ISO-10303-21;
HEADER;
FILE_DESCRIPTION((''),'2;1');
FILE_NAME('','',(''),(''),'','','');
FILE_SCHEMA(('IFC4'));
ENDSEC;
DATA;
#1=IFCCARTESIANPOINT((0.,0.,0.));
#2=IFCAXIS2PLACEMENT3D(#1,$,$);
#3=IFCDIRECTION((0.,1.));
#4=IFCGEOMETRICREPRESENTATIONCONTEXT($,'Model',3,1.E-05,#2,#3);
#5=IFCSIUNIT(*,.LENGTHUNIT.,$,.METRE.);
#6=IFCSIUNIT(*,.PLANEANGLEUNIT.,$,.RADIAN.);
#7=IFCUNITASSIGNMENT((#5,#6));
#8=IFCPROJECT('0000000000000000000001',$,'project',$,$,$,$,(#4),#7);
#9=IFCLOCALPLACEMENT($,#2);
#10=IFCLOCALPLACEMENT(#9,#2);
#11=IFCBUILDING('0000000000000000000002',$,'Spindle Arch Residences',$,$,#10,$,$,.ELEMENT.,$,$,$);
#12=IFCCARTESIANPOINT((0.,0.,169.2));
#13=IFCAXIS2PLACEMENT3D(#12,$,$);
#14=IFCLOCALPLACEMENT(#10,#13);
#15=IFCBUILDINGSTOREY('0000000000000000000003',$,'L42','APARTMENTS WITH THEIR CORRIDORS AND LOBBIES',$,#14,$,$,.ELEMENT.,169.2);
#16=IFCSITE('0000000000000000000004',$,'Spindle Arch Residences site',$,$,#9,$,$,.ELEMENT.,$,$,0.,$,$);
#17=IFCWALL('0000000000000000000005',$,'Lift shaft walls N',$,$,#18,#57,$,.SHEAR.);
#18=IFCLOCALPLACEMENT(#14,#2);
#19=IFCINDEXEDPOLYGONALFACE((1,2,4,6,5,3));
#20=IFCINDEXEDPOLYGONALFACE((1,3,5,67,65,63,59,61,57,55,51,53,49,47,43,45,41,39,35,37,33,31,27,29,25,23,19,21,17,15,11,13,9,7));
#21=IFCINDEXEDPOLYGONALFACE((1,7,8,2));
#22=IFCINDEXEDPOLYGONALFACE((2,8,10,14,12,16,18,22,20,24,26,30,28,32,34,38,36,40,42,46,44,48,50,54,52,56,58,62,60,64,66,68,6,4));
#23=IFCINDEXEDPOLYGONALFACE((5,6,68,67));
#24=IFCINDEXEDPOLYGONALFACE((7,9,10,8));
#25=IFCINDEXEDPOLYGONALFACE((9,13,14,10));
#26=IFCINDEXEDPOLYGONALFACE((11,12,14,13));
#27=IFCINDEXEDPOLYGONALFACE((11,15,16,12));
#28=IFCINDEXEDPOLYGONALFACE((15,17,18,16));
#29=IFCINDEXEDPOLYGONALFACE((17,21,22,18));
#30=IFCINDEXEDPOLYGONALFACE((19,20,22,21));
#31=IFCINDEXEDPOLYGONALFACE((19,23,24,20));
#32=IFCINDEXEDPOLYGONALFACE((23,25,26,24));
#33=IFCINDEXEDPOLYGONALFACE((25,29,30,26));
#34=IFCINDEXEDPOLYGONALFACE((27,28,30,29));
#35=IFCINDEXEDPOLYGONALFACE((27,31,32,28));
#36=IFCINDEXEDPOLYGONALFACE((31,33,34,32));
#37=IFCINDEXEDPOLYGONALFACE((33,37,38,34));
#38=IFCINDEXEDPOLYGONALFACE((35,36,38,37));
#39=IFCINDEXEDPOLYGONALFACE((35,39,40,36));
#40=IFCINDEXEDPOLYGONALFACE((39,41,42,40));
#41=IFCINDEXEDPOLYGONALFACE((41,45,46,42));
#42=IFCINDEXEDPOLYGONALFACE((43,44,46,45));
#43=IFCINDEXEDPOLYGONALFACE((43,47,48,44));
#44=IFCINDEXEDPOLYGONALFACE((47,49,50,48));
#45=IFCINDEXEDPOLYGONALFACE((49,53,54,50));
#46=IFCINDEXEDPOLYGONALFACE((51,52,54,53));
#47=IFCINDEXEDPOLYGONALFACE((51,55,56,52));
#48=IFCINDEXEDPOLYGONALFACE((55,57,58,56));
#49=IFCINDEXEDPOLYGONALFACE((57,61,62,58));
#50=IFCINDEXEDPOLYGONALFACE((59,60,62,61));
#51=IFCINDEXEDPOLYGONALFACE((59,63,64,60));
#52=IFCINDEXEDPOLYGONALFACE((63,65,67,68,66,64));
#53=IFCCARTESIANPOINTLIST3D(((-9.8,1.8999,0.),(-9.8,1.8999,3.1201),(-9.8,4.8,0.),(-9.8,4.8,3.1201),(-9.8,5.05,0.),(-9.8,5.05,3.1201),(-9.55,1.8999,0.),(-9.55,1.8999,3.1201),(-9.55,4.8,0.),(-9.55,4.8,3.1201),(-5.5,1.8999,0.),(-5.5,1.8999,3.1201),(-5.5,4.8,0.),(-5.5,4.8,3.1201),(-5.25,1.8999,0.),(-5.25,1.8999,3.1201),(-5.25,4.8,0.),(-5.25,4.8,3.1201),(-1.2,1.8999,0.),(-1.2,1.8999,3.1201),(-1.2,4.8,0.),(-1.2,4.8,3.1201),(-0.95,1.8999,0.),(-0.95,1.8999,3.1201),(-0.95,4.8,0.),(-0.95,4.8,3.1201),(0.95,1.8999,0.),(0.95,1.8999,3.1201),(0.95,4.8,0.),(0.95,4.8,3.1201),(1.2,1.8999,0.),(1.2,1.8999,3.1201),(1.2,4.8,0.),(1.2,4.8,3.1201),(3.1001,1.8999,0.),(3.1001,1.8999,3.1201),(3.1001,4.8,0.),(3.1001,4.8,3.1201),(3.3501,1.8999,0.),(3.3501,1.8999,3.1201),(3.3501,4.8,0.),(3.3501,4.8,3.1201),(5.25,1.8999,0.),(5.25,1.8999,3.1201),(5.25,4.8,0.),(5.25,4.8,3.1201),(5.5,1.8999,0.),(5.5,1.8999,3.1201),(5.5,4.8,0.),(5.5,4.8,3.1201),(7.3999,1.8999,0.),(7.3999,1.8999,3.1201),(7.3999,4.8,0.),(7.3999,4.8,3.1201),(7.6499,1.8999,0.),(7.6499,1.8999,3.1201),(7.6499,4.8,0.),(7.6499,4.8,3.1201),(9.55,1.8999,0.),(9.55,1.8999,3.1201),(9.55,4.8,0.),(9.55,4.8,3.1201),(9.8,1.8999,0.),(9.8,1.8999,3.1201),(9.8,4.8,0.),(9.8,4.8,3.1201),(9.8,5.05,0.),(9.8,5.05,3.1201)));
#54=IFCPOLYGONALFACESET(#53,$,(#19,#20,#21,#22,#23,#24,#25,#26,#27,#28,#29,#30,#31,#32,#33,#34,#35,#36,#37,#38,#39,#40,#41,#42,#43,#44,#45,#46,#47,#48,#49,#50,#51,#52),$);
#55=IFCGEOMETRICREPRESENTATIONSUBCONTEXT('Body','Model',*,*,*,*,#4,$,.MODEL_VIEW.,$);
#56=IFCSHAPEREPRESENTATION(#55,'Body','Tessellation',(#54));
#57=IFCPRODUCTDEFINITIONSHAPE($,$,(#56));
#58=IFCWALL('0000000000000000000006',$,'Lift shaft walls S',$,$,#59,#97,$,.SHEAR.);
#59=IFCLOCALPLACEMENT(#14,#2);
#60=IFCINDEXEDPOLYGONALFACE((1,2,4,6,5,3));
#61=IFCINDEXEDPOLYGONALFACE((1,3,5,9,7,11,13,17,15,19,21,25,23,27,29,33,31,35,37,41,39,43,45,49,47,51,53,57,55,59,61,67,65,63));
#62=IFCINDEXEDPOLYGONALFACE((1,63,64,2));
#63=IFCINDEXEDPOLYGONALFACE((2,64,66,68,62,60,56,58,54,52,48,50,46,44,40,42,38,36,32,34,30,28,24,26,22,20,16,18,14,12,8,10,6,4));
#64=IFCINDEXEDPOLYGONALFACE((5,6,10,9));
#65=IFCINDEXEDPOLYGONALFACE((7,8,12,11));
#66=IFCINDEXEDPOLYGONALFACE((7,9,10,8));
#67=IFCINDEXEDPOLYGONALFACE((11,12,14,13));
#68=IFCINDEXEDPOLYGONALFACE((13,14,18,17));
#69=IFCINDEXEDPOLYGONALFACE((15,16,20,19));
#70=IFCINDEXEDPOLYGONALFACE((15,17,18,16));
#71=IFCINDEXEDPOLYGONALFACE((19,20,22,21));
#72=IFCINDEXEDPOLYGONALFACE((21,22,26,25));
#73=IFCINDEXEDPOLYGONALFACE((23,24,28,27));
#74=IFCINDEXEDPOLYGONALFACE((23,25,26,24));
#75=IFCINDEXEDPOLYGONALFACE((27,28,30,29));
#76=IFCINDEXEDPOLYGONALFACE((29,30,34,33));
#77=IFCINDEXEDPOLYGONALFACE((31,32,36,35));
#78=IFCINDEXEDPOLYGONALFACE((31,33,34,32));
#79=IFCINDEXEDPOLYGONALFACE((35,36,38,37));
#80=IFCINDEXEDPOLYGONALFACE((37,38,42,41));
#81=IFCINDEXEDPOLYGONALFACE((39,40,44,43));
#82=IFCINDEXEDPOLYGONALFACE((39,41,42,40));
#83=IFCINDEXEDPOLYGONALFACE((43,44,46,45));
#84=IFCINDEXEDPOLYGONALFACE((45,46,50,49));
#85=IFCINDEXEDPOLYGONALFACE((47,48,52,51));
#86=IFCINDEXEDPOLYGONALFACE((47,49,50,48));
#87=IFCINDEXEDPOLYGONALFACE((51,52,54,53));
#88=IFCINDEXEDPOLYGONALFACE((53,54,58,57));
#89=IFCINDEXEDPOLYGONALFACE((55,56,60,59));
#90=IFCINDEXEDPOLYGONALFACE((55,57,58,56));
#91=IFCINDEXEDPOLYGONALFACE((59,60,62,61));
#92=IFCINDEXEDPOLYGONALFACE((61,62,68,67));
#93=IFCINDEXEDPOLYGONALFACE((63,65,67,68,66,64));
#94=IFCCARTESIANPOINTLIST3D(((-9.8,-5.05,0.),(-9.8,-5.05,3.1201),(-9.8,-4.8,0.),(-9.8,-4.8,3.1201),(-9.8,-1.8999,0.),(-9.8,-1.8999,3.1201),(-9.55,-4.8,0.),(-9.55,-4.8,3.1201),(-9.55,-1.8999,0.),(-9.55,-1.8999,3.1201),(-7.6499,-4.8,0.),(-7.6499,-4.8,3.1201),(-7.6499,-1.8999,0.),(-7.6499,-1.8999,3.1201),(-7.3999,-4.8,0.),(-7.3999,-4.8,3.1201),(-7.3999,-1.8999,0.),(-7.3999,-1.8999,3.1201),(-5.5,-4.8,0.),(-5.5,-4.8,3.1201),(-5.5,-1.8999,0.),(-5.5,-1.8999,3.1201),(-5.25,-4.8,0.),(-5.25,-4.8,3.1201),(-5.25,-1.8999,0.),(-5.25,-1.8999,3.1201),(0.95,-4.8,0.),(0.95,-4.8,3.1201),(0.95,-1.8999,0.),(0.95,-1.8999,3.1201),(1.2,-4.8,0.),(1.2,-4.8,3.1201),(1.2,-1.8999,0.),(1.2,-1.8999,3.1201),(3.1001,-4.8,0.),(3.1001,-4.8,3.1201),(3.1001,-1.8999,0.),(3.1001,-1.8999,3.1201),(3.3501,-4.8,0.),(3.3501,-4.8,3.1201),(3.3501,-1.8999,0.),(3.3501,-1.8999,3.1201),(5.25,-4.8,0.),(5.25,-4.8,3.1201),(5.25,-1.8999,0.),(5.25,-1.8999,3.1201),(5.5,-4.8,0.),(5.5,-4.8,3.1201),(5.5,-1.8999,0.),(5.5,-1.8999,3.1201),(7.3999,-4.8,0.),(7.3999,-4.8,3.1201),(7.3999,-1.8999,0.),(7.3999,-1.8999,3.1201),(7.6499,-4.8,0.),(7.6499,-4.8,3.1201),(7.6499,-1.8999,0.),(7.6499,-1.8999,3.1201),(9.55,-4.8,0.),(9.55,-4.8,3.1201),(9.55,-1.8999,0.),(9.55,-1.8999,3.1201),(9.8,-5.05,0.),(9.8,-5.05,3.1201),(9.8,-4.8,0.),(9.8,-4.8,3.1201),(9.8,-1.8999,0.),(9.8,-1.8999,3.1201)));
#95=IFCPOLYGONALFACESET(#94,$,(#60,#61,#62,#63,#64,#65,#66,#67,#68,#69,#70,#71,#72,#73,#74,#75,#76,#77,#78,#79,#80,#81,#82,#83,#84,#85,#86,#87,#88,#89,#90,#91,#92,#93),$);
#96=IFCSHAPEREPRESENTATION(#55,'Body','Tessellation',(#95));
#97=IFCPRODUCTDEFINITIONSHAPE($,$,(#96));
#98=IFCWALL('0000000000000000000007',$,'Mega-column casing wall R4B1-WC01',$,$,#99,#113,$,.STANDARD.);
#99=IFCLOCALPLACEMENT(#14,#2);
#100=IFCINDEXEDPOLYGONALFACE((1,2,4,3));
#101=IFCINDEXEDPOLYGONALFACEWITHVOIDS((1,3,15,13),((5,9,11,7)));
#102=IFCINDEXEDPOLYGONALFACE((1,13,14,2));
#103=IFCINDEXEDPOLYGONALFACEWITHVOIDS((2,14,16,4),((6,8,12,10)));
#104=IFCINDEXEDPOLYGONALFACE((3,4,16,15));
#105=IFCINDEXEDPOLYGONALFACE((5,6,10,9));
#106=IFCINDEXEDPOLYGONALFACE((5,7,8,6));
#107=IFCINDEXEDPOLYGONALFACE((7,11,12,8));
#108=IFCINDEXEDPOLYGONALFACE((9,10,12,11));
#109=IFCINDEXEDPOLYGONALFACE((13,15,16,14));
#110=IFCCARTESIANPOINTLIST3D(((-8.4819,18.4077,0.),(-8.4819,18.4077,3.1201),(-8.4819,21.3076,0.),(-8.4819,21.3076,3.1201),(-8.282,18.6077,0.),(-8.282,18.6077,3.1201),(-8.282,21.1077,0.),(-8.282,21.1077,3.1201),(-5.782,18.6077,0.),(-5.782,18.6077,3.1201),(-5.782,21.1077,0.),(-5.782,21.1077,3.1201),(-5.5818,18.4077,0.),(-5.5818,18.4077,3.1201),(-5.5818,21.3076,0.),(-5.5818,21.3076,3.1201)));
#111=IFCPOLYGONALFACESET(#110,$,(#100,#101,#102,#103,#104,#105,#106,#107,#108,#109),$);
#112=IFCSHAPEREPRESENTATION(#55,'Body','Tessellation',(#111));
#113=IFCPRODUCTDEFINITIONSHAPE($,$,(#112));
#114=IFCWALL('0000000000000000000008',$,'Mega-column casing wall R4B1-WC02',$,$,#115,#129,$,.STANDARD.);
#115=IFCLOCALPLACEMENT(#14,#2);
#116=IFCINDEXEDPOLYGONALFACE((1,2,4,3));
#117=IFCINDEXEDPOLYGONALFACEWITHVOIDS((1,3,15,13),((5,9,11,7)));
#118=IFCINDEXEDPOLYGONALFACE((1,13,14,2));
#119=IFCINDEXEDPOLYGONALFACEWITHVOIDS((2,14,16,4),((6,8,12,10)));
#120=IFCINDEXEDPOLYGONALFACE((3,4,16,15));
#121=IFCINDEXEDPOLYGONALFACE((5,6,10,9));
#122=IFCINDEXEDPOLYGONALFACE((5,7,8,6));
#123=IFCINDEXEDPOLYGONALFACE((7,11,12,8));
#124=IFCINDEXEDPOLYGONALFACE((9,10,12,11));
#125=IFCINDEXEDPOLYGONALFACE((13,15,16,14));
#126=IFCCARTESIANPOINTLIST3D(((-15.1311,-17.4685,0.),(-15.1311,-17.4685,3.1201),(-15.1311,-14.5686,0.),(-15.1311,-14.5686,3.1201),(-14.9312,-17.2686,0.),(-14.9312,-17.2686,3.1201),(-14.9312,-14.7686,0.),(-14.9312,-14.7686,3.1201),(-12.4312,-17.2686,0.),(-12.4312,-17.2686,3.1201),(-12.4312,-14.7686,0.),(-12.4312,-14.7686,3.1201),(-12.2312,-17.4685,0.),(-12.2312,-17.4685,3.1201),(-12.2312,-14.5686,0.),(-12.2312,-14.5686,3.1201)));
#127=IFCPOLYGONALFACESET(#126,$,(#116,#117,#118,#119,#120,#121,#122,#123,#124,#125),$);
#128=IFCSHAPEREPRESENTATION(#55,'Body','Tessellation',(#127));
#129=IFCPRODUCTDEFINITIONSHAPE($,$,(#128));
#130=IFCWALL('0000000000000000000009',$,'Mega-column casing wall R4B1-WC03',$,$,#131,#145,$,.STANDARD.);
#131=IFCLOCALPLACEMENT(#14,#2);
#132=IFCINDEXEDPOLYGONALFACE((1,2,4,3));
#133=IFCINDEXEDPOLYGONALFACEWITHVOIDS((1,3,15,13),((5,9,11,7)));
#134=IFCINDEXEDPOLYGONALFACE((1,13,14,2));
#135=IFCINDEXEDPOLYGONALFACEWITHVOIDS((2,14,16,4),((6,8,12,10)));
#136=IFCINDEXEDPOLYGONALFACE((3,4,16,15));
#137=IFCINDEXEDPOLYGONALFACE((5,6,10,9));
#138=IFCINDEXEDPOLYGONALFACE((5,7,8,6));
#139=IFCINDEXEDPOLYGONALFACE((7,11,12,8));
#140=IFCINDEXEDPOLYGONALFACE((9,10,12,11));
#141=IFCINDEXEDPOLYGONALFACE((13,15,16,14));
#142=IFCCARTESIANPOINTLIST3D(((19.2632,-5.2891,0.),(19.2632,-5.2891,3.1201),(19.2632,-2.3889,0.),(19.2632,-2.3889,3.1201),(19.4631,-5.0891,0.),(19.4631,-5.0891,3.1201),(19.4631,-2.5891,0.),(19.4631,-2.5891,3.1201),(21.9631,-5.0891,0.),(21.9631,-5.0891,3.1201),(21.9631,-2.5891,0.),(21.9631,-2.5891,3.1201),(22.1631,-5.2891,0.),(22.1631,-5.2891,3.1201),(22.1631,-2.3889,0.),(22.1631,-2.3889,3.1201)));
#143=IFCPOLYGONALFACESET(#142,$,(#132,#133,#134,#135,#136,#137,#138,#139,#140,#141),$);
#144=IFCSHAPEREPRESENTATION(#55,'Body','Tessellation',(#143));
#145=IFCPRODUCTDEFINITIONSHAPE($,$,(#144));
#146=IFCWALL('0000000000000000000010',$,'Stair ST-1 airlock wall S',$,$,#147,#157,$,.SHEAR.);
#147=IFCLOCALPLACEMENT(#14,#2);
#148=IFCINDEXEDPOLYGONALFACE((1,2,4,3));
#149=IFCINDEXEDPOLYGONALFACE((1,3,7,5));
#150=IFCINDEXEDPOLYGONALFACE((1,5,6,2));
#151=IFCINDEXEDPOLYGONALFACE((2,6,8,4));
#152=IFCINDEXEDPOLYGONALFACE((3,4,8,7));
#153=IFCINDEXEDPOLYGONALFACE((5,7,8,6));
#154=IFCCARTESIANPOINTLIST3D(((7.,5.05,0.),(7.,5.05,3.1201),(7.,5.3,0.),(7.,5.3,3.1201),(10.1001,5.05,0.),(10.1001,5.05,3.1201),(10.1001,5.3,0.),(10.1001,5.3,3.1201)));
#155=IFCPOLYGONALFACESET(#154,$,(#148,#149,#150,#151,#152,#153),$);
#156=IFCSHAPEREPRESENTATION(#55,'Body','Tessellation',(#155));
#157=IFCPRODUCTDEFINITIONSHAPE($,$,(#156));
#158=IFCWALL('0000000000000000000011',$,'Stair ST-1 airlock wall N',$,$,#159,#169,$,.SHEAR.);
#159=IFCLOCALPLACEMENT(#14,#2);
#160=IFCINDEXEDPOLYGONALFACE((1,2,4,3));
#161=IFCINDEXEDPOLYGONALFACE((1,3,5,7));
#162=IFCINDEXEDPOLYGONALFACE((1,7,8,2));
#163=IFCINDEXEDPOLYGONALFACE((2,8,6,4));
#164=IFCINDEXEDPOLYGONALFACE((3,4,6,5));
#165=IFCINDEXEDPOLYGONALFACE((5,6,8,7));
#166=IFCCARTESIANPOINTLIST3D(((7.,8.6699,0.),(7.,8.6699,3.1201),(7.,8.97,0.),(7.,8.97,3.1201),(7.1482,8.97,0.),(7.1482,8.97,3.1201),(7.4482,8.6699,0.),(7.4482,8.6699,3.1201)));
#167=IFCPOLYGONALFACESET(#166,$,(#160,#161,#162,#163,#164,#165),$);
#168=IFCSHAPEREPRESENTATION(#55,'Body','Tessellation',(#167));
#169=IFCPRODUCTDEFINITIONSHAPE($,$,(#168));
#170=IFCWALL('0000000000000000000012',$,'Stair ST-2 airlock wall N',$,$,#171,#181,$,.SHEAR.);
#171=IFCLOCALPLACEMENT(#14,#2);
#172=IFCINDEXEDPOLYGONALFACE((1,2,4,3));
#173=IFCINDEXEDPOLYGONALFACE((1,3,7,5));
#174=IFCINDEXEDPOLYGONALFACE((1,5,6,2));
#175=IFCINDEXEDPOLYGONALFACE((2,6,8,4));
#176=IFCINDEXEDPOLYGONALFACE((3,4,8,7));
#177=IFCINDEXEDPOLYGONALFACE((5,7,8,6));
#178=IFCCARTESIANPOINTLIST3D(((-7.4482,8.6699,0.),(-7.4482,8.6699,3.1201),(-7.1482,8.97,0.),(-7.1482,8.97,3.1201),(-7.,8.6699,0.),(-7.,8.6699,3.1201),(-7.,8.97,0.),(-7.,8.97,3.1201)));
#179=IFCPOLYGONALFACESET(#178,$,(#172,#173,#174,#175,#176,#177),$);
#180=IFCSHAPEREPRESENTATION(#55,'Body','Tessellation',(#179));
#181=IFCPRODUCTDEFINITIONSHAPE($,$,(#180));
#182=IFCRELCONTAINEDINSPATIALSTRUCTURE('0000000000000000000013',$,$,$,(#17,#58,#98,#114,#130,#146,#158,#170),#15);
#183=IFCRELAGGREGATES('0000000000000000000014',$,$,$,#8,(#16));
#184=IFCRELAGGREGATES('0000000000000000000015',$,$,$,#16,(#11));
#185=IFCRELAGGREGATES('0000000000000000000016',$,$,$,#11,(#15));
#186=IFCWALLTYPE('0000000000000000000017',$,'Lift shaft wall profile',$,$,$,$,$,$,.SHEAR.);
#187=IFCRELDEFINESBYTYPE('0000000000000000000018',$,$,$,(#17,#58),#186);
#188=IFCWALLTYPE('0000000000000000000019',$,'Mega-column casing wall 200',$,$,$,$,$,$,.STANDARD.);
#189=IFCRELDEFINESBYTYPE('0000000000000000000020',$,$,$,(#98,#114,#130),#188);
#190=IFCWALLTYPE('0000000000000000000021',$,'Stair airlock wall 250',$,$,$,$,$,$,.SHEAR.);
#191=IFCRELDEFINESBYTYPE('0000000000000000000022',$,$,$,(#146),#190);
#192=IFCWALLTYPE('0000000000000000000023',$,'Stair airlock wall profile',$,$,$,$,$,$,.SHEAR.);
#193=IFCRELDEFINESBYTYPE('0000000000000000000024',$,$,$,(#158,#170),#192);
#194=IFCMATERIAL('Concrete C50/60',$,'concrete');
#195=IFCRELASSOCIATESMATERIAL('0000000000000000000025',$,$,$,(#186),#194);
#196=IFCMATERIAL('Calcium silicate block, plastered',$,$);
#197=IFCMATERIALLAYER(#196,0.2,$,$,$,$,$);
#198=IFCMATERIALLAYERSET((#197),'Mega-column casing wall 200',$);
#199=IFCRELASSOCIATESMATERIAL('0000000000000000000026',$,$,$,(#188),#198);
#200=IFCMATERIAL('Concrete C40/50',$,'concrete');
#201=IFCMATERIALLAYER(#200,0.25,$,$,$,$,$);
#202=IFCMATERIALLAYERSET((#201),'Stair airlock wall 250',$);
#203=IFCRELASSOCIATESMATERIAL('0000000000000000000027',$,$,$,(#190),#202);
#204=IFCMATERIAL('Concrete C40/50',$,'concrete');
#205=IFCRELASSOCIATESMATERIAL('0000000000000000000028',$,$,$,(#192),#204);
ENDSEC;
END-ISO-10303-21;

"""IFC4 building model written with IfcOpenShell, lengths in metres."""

from ifc_helpers import new_model, si_unit, direction, frame, frame_2d, origin, place, context, subcontext, project, spatial, polyline, rectangle, outline, extrude, material, layer, layer_set, type_object, element, save


model = new_model("IFC4")

# Units and contexts
model_context = context("Model", 3, precision=1e-05, world=origin(), true_north=direction((0.0, 1.0)))
body_context = subcontext(model_context, "Body", "Model", "MODEL_VIEW")
ifc_project = project(units=[si_unit("LENGTHUNIT", "METRE"), si_unit("PLANEANGLEUNIT", "RADIAN")], contexts=[model_context])

# Site, building, storey
site_placement = place(None, origin())
site = spatial("IfcSite", under=ifc_project, at=site_placement, Name="Spindle Arch Residences site", CompositionType="ELEMENT", RefElevation=0.0)
building_placement = place(site_placement, origin())
building = spatial("IfcBuilding", under=site, at=building_placement, Name="Spindle Arch Residences", CompositionType="ELEMENT")
storey_placement = place(building_placement, frame((0.0, 0.0, 169.2)))
storey = spatial("IfcBuildingStorey", under=building, at=storey_placement, Name="L42", Description="APARTMENTS WITH THEIR CORRIDORS AND LOBBIES", CompositionType="ELEMENT", Elevation=169.2)

# Walls
ifc_material_1 = material(Name="Concrete C50/60", Category="concrete")
wall_type_1 = type_object("IfcWallType", Name="Lift shaft wall profile", PredefinedType="SHEAR", material=ifc_material_1)
wall_1_placement = place(storey_placement, origin())
element("IfcWall", 1, at=wall_1_placement, inside=storey, type_object=wall_type_1, Name="Lift shaft walls N", PredefinedType="SHEAR", context=body_context, shape_type="SweptSolid", body=[
    extrude(outline(polyline([(-9.55, 4.8), (-5.5, 4.8), (-5.5, 1.8999), (-5.25, 1.8999), (-5.25, 4.8), (-1.2, 4.8), (-1.2, 1.8999), (-0.95, 1.8999), (-0.95, 4.8), (0.95, 4.8), (0.95, 1.8999), (1.2, 1.8999), (1.2, 4.8), (3.1001, 4.8), (3.1001, 1.8999), (3.3501, 1.8999), (3.3501, 4.8), (5.25, 4.8), (5.25, 1.8999), (5.5, 1.8999), (5.5, 4.8), (7.3999, 4.8), (7.3999, 1.8999), (7.6499, 1.8999), (7.6499, 4.8), (9.55, 4.8), (9.55, 1.8999), (9.8, 1.8999), (9.8, 4.8), (9.8, 5.05), (-9.8, 5.05), (-9.8, 4.8), (-9.8, 1.8999), (-9.55, 1.8999), (-9.55, 4.8)])), origin(), (0.0, 0.0, 1.0), 3.1201),
])
wall_2_placement = place(storey_placement, origin())
element("IfcWall", 2, at=wall_2_placement, inside=storey, type_object=wall_type_1, Name="Lift shaft walls S", PredefinedType="SHEAR", context=body_context, shape_type="SweptSolid", body=[
    extrude(outline(polyline([(9.8, -5.05), (9.8, -4.8), (9.8, -1.8999), (9.55, -1.8999), (9.55, -4.8), (7.6499, -4.8), (7.6499, -1.8999), (7.3999, -1.8999), (7.3999, -4.8), (5.5, -4.8), (5.5, -1.8999), (5.25, -1.8999), (5.25, -4.8), (3.3501, -4.8), (3.3501, -1.8999), (3.1001, -1.8999), (3.1001, -4.8), (1.2, -4.8), (1.2, -1.8999), (0.95, -1.8999), (0.95, -4.8), (-5.25, -4.8), (-5.25, -1.8999), (-5.5, -1.8999), (-5.5, -4.8), (-7.3999, -4.8), (-7.3999, -1.8999), (-7.6499, -1.8999), (-7.6499, -4.8), (-9.55, -4.8), (-9.55, -1.8999), (-9.8, -1.8999), (-9.8, -4.8), (-9.8, -5.05), (9.8, -5.05)])), origin(), (0.0, 0.0, 1.0), 3.1201),
])
ifc_material_2 = material(Name="Calcium silicate block, plastered")
ifc_layer_1 = layer(ifc_material_2, 0.2)
ifc_layer_set_1 = layer_set([ifc_layer_1], Name="Mega-column casing wall 200")
wall_type_2 = type_object("IfcWallType", Name="Mega-column casing wall 200", PredefinedType="STANDARD", material=ifc_layer_set_1)
wall_3_placement = place(storey_placement, origin())
element("IfcWall", 3, at=wall_3_placement, inside=storey, type_object=wall_type_2, Name="Mega-column casing wall R4B1-WC01", PredefinedType="STANDARD", context=body_context, shape_type="SweptSolid", body=[
    extrude(outline(polyline([(-5.5818, 21.3076), (-5.5818, 18.4077), (-8.4819, 18.4077), (-8.4819, 21.3076), (-5.5818, 21.3076)]), holes=[polyline([(-8.282, 18.6077), (-5.782, 18.6077), (-5.782, 21.1077), (-8.282, 21.1077), (-8.282, 18.6077)])]), origin(), (0.0, 0.0, 1.0), 3.1201),
])
wall_4_placement = place(storey_placement, origin())
element("IfcWall", 4, at=wall_4_placement, inside=storey, type_object=wall_type_2, Name="Mega-column casing wall R4B1-WC02", PredefinedType="STANDARD", context=body_context, shape_type="SweptSolid", body=[
    extrude(outline(polyline([(-12.2312, -14.5686), (-12.2312, -17.4685), (-15.1311, -17.4685), (-15.1311, -14.5686), (-12.2312, -14.5686)]), holes=[polyline([(-14.9312, -17.2686), (-12.4312, -17.2686), (-12.4312, -14.7686), (-14.9312, -14.7686), (-14.9312, -17.2686)])]), origin(), (0.0, 0.0, 1.0), 3.1201),
])
wall_5_placement = place(storey_placement, origin())
element("IfcWall", 5, at=wall_5_placement, inside=storey, type_object=wall_type_2, Name="Mega-column casing wall R4B1-WC03", PredefinedType="STANDARD", context=body_context, shape_type="SweptSolid", body=[
    extrude(outline(polyline([(22.1631, -2.3889), (22.1631, -5.2891), (19.2632, -5.2891), (19.2632, -2.3889), (22.1631, -2.3889)]), holes=[polyline([(19.4631, -5.0891), (21.9631, -5.0891), (21.9631, -2.5891), (19.4631, -2.5891), (19.4631, -5.0891)])]), origin(), (0.0, 0.0, 1.0), 3.1201),
])
ifc_material_3 = material(Name="Concrete C40/50", Category="concrete")
ifc_layer_2 = layer(ifc_material_3, 0.25)
ifc_layer_set_2 = layer_set([ifc_layer_2], Name="Stair airlock wall 250")
wall_type_3 = type_object("IfcWallType", Name="Stair airlock wall 250", PredefinedType="SHEAR", material=ifc_layer_set_2)
wall_6_placement = place(storey_placement, frame((7.0, 5.175, 0.0), z_axis=(0.0, 0.0, 1.0), x_axis=(1.0, 0.0, 0.0)))
element("IfcWall", 6, at=wall_6_placement, inside=storey, type_object=wall_type_3, Name="Stair ST-1 airlock wall S", PredefinedType="SHEAR", context=body_context, shape_type="SweptSolid", body=[
    extrude(rectangle(XDim=3.1001, YDim=0.25, at=frame_2d((1.55, 0.0))), origin(), (0.0, 0.0, 1.0), 3.1201),
])
ifc_material_4 = material(Name="Concrete C40/50", Category="concrete")
wall_type_4 = type_object("IfcWallType", Name="Stair airlock wall profile", PredefinedType="SHEAR", material=ifc_material_4)
wall_7_placement = place(storey_placement, origin())
element("IfcWall", 7, at=wall_7_placement, inside=storey, type_object=wall_type_4, Name="Stair ST-1 airlock wall N", PredefinedType="SHEAR", context=body_context, shape_type="SweptSolid", body=[
    extrude(outline(polyline([(7.4482, 8.6699), (7.0, 8.6699), (7.0, 8.97), (7.1482, 8.97), (7.4482, 8.6699)])), origin(), (0.0, 0.0, 1.0), 3.1201),
])
wall_8_placement = place(storey_placement, origin())
element("IfcWall", 8, at=wall_8_placement, inside=storey, type_object=wall_type_4, Name="Stair ST-2 airlock wall N", PredefinedType="SHEAR", context=body_context, shape_type="SweptSolid", body=[
    extrude(outline(polyline([(-7.1482, 8.97), (-7.0, 8.97), (-7.0, 8.6699), (-7.4482, 8.6699), (-7.1482, 8.97)])), origin(), (0.0, 0.0, 1.0), 3.1201),
])

save(model, "model.ifc")
